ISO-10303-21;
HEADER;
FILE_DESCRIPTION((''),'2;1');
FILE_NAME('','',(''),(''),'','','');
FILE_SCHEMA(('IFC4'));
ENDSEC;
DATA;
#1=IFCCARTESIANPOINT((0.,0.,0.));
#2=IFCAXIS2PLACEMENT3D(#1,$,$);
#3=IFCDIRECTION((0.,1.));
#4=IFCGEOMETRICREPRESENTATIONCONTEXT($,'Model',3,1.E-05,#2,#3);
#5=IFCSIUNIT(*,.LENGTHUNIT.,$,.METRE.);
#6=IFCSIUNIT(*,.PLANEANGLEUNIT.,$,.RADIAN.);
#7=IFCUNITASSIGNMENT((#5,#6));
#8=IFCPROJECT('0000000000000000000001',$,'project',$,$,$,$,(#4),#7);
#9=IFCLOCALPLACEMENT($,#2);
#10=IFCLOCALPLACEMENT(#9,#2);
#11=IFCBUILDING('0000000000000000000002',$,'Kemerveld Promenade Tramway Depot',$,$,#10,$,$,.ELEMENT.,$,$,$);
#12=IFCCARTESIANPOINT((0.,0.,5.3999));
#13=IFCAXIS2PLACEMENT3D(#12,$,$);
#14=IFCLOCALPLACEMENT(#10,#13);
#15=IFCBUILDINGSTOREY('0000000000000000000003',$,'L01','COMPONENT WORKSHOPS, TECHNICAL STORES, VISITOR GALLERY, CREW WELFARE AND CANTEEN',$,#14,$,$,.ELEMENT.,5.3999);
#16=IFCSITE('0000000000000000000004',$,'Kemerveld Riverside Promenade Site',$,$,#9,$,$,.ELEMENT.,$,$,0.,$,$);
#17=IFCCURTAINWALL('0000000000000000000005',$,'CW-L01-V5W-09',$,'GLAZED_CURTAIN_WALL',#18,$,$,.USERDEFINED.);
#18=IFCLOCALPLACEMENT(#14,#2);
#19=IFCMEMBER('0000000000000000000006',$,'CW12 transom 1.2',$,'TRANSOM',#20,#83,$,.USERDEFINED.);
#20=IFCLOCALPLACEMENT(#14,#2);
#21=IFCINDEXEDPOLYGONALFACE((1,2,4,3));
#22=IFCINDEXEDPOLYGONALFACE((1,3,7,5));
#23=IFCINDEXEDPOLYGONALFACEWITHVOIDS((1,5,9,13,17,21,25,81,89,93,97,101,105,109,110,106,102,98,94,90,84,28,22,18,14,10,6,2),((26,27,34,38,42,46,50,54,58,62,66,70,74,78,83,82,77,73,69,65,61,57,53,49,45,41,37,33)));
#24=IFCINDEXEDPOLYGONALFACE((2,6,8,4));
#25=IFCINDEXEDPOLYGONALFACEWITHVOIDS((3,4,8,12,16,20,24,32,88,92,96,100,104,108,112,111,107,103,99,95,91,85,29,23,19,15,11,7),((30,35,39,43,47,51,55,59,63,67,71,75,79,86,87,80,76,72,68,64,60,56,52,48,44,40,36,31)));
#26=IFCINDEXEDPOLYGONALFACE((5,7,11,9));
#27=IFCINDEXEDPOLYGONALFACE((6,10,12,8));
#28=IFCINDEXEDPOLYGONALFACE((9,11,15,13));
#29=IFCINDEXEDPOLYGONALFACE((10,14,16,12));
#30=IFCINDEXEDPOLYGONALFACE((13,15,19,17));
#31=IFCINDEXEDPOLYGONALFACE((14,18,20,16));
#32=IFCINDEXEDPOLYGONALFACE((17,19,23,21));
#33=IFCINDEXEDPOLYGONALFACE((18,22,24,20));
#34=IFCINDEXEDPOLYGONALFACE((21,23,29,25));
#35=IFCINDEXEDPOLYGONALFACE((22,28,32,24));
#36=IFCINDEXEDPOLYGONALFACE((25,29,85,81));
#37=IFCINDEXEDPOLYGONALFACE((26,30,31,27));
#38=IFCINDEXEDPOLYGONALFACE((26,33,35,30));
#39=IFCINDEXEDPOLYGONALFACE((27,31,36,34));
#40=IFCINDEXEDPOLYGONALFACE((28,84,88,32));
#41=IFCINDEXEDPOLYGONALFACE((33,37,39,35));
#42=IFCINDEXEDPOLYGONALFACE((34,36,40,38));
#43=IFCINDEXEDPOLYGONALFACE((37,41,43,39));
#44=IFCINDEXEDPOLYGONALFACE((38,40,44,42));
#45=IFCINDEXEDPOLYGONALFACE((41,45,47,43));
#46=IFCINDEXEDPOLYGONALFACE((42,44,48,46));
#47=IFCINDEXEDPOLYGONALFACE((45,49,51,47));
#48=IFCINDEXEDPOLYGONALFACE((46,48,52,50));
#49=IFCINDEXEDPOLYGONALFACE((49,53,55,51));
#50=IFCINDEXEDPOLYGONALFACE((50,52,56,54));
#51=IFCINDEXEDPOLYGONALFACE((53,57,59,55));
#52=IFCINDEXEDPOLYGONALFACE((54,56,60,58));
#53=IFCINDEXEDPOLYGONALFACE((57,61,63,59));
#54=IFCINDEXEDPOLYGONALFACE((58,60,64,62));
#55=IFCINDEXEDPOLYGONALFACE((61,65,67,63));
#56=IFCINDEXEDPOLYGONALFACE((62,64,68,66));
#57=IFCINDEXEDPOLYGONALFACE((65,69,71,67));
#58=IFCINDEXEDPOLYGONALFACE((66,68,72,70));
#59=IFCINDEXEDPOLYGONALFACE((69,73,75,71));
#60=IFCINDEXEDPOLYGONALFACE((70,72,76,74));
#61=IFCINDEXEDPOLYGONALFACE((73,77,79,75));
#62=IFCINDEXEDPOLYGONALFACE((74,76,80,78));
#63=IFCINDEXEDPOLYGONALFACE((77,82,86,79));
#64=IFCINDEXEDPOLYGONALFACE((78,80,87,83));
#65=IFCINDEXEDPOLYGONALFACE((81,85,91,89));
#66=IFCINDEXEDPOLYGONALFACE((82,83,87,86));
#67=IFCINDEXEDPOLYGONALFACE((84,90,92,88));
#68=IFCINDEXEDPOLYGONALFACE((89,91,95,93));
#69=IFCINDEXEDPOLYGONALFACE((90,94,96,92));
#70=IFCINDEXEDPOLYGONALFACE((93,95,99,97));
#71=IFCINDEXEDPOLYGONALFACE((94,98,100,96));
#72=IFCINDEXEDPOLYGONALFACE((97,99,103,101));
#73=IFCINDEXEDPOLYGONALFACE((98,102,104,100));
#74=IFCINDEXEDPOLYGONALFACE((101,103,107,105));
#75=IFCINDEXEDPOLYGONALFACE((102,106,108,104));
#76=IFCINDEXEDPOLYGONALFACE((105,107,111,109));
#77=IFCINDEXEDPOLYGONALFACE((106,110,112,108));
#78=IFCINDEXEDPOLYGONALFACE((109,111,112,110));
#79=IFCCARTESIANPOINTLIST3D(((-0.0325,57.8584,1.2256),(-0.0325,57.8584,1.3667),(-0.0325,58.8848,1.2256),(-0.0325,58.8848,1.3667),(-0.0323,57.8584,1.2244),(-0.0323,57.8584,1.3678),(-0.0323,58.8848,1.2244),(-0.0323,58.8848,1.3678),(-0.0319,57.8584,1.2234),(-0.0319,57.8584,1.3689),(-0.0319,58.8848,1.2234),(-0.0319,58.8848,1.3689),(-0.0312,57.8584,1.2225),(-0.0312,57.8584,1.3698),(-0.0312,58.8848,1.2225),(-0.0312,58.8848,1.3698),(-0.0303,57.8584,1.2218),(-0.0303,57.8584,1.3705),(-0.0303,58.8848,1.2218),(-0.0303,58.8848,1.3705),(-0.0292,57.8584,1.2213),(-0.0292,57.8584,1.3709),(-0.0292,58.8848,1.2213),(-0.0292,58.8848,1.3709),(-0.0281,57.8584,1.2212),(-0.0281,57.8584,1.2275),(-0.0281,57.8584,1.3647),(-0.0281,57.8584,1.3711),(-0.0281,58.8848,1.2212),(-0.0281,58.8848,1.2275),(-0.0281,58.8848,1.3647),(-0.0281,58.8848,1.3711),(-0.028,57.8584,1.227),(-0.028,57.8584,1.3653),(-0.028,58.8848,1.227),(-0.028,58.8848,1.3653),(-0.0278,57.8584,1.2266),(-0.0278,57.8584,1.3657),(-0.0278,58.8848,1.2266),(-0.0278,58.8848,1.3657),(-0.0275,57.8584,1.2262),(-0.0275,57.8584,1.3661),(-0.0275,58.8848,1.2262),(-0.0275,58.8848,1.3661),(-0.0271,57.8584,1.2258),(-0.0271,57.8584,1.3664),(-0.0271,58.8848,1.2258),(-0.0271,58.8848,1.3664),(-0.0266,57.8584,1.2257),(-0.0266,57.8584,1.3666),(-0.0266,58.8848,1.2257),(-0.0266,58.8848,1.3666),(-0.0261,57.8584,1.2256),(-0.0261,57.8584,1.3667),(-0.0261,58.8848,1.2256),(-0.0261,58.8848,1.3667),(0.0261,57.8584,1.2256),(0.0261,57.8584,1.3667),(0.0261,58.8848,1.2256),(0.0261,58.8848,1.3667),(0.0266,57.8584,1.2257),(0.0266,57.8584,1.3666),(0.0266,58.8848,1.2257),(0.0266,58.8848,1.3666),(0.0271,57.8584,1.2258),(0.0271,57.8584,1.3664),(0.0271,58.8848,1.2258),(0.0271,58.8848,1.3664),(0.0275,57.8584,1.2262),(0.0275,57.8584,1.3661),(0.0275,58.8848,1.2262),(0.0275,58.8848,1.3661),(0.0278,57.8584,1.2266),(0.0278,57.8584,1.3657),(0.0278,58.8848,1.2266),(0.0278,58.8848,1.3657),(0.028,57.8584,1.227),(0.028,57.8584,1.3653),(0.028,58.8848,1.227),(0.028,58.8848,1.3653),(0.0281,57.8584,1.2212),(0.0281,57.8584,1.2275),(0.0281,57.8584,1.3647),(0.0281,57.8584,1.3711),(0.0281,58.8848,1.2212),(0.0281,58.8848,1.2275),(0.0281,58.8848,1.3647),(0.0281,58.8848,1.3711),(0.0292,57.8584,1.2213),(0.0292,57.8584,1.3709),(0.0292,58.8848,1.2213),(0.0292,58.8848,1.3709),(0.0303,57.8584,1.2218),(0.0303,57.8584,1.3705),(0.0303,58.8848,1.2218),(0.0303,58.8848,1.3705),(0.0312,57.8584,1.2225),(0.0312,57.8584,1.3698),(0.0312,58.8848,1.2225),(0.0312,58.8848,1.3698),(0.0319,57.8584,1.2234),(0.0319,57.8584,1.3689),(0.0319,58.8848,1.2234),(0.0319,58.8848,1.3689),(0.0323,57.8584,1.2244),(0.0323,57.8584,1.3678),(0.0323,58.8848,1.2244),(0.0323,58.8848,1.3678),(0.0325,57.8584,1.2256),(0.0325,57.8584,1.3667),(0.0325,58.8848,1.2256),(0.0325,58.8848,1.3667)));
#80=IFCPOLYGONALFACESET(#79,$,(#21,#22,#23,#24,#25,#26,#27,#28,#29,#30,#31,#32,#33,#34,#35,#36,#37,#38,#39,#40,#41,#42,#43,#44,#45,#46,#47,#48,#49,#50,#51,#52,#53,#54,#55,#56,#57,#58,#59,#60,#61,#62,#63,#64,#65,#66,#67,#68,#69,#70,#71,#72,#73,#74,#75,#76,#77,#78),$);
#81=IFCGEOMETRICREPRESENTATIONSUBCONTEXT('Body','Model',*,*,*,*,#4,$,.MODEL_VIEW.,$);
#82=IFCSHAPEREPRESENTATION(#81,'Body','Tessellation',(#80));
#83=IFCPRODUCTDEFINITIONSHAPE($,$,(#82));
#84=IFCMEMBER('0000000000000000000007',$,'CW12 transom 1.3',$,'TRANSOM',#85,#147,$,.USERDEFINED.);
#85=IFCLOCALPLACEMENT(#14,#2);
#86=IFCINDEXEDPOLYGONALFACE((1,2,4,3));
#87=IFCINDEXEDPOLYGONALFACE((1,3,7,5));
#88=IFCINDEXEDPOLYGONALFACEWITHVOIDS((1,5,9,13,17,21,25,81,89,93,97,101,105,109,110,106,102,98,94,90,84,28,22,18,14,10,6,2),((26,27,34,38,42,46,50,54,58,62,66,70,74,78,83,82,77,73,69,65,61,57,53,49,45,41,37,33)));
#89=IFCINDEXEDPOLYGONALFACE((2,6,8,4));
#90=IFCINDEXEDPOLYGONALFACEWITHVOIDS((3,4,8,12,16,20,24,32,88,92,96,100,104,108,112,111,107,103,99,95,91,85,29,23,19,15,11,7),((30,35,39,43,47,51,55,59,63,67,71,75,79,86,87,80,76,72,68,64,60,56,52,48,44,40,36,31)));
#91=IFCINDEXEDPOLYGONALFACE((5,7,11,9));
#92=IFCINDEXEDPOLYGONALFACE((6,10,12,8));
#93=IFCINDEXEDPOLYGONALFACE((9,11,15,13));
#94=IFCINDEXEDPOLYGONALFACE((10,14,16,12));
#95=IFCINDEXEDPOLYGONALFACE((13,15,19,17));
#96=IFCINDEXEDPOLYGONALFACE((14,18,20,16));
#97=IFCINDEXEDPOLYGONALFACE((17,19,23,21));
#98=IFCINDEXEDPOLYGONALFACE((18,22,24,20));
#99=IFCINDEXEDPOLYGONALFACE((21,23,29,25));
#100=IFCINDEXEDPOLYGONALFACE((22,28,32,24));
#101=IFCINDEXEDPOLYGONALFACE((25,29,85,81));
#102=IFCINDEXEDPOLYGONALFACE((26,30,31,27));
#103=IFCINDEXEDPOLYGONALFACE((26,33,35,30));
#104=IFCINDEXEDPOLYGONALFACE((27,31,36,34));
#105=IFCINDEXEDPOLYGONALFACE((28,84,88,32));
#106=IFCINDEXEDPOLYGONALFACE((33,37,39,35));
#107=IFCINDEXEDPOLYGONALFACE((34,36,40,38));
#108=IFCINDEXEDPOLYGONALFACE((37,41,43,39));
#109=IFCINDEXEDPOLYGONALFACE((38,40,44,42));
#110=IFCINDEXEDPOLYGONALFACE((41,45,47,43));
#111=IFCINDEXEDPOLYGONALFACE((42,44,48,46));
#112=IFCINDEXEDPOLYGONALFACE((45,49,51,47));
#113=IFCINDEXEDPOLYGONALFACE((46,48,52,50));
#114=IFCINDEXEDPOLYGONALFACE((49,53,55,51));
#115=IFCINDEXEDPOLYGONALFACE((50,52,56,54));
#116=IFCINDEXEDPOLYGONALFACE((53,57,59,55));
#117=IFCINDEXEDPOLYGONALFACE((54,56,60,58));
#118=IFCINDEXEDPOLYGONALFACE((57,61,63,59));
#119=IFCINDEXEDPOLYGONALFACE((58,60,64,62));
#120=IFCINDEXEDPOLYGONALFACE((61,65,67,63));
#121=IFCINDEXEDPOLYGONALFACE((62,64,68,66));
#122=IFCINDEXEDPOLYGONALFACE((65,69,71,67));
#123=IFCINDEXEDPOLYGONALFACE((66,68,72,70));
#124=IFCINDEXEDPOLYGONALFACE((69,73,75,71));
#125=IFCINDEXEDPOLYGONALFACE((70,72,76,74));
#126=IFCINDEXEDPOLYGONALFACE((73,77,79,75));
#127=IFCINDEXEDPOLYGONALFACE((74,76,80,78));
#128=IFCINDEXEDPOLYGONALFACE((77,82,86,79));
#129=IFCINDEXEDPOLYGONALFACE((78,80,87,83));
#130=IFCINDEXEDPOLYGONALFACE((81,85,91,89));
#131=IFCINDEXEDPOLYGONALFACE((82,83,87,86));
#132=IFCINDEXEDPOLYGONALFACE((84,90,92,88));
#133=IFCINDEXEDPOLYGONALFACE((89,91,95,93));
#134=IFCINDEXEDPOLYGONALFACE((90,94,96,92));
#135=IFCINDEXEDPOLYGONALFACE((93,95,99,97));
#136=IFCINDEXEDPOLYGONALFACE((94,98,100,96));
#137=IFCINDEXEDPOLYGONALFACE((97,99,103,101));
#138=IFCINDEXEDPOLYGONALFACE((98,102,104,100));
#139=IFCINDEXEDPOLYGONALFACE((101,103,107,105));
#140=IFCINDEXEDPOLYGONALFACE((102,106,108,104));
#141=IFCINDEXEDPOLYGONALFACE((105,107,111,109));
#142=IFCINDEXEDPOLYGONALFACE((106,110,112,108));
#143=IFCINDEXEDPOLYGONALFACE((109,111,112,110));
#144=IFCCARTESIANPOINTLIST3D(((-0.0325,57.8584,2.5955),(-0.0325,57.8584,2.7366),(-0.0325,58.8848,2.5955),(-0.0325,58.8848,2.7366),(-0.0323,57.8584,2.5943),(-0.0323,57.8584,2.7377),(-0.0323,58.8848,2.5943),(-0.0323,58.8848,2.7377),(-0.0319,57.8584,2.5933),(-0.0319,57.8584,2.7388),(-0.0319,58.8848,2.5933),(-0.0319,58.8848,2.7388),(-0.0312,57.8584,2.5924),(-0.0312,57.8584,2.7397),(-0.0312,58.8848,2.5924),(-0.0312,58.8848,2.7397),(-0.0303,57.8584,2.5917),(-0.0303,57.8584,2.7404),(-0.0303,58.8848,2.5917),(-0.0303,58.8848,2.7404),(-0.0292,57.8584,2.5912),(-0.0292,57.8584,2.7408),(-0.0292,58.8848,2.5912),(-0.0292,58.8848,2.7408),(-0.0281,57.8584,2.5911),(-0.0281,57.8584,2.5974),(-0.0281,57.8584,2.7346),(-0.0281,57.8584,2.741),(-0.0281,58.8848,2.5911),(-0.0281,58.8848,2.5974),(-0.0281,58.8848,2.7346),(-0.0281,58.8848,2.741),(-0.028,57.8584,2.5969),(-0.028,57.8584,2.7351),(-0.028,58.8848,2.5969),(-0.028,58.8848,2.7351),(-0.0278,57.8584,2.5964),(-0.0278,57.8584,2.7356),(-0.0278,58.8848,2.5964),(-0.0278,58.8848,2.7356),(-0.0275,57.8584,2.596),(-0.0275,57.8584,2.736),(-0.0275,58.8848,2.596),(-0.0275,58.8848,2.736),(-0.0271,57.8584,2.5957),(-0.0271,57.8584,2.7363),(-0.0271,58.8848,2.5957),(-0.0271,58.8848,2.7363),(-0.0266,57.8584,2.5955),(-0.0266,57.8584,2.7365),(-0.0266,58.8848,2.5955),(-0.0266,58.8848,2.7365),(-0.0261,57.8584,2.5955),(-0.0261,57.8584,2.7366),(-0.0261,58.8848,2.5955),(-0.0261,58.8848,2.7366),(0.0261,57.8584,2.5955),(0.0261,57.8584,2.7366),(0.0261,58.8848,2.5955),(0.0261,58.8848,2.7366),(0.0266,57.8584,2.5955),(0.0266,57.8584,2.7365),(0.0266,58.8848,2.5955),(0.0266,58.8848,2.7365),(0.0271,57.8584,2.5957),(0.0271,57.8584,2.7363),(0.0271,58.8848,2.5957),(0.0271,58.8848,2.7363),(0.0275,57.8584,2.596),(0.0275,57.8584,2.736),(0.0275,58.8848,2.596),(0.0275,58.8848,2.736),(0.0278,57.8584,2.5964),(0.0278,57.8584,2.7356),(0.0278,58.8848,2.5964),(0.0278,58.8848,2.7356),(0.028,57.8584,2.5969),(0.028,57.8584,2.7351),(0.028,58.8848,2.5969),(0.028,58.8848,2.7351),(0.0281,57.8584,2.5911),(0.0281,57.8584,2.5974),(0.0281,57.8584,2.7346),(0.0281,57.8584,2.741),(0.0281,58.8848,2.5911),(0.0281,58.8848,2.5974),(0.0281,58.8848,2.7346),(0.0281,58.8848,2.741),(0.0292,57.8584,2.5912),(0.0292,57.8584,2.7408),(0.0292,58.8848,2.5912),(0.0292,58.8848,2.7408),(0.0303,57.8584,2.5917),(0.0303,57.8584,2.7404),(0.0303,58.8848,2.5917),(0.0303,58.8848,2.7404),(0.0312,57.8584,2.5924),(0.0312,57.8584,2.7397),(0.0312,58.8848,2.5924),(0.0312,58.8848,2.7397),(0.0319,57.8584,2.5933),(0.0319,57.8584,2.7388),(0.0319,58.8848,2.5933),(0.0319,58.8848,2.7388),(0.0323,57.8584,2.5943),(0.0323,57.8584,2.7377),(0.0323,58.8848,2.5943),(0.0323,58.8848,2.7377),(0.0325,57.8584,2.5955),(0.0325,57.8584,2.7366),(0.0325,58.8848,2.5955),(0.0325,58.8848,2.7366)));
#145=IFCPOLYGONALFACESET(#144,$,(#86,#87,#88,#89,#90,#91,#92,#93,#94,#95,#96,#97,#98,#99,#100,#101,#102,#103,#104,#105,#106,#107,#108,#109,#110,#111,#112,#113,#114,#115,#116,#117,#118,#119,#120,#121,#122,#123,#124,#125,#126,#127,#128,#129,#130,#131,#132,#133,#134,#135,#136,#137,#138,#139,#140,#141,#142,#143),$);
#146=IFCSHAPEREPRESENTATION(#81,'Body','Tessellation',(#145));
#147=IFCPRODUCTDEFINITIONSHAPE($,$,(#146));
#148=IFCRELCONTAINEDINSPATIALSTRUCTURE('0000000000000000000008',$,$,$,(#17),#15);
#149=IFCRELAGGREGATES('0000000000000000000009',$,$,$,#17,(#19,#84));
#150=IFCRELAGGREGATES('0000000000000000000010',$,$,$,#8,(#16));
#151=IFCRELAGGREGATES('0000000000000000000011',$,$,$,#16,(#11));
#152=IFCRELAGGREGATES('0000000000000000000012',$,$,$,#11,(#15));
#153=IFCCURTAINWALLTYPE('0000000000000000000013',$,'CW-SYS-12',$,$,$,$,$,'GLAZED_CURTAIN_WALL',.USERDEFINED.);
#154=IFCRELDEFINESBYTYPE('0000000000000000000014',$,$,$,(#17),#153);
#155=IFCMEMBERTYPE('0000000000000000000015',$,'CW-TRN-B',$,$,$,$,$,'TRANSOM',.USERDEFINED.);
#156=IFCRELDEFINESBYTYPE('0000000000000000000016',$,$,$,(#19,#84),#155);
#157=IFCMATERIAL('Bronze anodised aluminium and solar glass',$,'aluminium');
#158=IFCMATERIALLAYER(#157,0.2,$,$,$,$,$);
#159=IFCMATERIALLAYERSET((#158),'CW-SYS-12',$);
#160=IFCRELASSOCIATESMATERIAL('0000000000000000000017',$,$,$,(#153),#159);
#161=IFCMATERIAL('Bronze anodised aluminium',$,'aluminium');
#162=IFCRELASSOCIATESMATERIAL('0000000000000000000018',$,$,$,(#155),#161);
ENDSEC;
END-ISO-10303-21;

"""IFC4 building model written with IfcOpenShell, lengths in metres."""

from ifc_helpers import new_model, si_unit, direction, frame, origin, origin_2d, place, context, subcontext, project, spatial, hollow_rectangle, extrude, material, layer, layer_set, material_profile, profile_set, type_object, element, aggregate, save


model = new_model("IFC4")

# Units and contexts
model_context = context("Model", 3, precision=1e-05, world=origin(), true_north=direction((0.0, 1.0)))
body_context = subcontext(model_context, "Body", "Model", "MODEL_VIEW")
ifc_project = project(units=[si_unit("LENGTHUNIT", "METRE"), si_unit("PLANEANGLEUNIT", "RADIAN")], contexts=[model_context])

# Site, building, storey
site_placement = place(None, origin())
site = spatial("IfcSite", under=ifc_project, at=site_placement, Name="Kemerveld Riverside Promenade Site", CompositionType="ELEMENT", RefElevation=0.0)
building_placement = place(site_placement, origin())
building = spatial("IfcBuilding", under=site, at=building_placement, Name="Kemerveld Promenade Tramway Depot", CompositionType="ELEMENT")
storey_placement = place(building_placement, frame((0.0, 0.0, 5.3999)))
storey = spatial("IfcBuildingStorey", under=building, at=storey_placement, Name="L01", Description="COMPONENT WORKSHOPS, TECHNICAL STORES, VISITOR GALLERY, CREW WELFARE AND CANTEEN", CompositionType="ELEMENT", Elevation=5.3999)

# Curtain wall, members
ifc_material_1 = material(Name="Bronze anodised aluminium and solar glass", Category="aluminium")
ifc_layer_1 = layer(ifc_material_1, 0.2)
ifc_layer_set_1 = layer_set([ifc_layer_1], Name="CW-SYS-12")
curtain_wall_type = type_object("IfcCurtainWallType", Name="CW-SYS-12", ElementType="GLAZED_CURTAIN_WALL", PredefinedType="USERDEFINED", material=ifc_layer_set_1)
curtain_wall_placement = place(storey_placement, origin())
curtain_wall = element("IfcCurtainWall", 1, at=curtain_wall_placement, inside=storey, type_object=curtain_wall_type, Name="CW-L01-V5W-09", ObjectType="GLAZED_CURTAIN_WALL", PredefinedType="USERDEFINED")
ifc_material_2 = material(Name="Bronze anodised aluminium", Category="aluminium")
ifc_material_profile_1 = material_profile(ifc_material_2, hollow_rectangle(XDim=0.0649, YDim=0.1499, WallThickness=0.0044, InnerFilletRadius=0.002, OuterFilletRadius=0.0044, at=origin_2d()), Name="CW-TRN-150x65")
ifc_profile_set_1 = profile_set([ifc_material_profile_1], Name="Bronze anodised aluminium")
member_type_1 = type_object("IfcMemberType", Name="CW-TRN-B", ElementType="TRANSOM", PredefinedType="USERDEFINED", material=ifc_profile_set_1)
member_1_placement = place(storey_placement, frame((0.0, 57.8584, 1.2961), z_axis=(0.0, 1.0, 0.0), x_axis=(-1.0, 0.0, 0.0)))
member_1 = element("IfcMember", 2, at=member_1_placement, type_object=member_type_1, Name="CW12 transom 1.2", ObjectType="TRANSOM", PredefinedType="USERDEFINED", context=body_context, shape_type="SweptSolid", body=[
    extrude(hollow_rectangle(XDim=0.0649, YDim=0.1499, WallThickness=0.0044, InnerFilletRadius=0.002, OuterFilletRadius=0.0044, at=origin_2d()), origin(), (0.0, 0.0, 1.0), 1.0264),
])
member_2_placement = place(storey_placement, frame((0.0, 57.8584, 2.666), z_axis=(0.0, 1.0, 0.0), x_axis=(-1.0, 0.0, 0.0)))
member_2 = element("IfcMember", 3, at=member_2_placement, type_object=member_type_1, Name="CW12 transom 1.3", ObjectType="TRANSOM", PredefinedType="USERDEFINED", context=body_context, shape_type="SweptSolid", body=[
    extrude(hollow_rectangle(XDim=0.0649, YDim=0.1499, WallThickness=0.0044, InnerFilletRadius=0.002, OuterFilletRadius=0.0044, at=origin_2d()), origin(), (0.0, 0.0, 1.0), 1.0264),
])
aggregate(curtain_wall, [member_1, member_2])

save(model, "model.ifc")
